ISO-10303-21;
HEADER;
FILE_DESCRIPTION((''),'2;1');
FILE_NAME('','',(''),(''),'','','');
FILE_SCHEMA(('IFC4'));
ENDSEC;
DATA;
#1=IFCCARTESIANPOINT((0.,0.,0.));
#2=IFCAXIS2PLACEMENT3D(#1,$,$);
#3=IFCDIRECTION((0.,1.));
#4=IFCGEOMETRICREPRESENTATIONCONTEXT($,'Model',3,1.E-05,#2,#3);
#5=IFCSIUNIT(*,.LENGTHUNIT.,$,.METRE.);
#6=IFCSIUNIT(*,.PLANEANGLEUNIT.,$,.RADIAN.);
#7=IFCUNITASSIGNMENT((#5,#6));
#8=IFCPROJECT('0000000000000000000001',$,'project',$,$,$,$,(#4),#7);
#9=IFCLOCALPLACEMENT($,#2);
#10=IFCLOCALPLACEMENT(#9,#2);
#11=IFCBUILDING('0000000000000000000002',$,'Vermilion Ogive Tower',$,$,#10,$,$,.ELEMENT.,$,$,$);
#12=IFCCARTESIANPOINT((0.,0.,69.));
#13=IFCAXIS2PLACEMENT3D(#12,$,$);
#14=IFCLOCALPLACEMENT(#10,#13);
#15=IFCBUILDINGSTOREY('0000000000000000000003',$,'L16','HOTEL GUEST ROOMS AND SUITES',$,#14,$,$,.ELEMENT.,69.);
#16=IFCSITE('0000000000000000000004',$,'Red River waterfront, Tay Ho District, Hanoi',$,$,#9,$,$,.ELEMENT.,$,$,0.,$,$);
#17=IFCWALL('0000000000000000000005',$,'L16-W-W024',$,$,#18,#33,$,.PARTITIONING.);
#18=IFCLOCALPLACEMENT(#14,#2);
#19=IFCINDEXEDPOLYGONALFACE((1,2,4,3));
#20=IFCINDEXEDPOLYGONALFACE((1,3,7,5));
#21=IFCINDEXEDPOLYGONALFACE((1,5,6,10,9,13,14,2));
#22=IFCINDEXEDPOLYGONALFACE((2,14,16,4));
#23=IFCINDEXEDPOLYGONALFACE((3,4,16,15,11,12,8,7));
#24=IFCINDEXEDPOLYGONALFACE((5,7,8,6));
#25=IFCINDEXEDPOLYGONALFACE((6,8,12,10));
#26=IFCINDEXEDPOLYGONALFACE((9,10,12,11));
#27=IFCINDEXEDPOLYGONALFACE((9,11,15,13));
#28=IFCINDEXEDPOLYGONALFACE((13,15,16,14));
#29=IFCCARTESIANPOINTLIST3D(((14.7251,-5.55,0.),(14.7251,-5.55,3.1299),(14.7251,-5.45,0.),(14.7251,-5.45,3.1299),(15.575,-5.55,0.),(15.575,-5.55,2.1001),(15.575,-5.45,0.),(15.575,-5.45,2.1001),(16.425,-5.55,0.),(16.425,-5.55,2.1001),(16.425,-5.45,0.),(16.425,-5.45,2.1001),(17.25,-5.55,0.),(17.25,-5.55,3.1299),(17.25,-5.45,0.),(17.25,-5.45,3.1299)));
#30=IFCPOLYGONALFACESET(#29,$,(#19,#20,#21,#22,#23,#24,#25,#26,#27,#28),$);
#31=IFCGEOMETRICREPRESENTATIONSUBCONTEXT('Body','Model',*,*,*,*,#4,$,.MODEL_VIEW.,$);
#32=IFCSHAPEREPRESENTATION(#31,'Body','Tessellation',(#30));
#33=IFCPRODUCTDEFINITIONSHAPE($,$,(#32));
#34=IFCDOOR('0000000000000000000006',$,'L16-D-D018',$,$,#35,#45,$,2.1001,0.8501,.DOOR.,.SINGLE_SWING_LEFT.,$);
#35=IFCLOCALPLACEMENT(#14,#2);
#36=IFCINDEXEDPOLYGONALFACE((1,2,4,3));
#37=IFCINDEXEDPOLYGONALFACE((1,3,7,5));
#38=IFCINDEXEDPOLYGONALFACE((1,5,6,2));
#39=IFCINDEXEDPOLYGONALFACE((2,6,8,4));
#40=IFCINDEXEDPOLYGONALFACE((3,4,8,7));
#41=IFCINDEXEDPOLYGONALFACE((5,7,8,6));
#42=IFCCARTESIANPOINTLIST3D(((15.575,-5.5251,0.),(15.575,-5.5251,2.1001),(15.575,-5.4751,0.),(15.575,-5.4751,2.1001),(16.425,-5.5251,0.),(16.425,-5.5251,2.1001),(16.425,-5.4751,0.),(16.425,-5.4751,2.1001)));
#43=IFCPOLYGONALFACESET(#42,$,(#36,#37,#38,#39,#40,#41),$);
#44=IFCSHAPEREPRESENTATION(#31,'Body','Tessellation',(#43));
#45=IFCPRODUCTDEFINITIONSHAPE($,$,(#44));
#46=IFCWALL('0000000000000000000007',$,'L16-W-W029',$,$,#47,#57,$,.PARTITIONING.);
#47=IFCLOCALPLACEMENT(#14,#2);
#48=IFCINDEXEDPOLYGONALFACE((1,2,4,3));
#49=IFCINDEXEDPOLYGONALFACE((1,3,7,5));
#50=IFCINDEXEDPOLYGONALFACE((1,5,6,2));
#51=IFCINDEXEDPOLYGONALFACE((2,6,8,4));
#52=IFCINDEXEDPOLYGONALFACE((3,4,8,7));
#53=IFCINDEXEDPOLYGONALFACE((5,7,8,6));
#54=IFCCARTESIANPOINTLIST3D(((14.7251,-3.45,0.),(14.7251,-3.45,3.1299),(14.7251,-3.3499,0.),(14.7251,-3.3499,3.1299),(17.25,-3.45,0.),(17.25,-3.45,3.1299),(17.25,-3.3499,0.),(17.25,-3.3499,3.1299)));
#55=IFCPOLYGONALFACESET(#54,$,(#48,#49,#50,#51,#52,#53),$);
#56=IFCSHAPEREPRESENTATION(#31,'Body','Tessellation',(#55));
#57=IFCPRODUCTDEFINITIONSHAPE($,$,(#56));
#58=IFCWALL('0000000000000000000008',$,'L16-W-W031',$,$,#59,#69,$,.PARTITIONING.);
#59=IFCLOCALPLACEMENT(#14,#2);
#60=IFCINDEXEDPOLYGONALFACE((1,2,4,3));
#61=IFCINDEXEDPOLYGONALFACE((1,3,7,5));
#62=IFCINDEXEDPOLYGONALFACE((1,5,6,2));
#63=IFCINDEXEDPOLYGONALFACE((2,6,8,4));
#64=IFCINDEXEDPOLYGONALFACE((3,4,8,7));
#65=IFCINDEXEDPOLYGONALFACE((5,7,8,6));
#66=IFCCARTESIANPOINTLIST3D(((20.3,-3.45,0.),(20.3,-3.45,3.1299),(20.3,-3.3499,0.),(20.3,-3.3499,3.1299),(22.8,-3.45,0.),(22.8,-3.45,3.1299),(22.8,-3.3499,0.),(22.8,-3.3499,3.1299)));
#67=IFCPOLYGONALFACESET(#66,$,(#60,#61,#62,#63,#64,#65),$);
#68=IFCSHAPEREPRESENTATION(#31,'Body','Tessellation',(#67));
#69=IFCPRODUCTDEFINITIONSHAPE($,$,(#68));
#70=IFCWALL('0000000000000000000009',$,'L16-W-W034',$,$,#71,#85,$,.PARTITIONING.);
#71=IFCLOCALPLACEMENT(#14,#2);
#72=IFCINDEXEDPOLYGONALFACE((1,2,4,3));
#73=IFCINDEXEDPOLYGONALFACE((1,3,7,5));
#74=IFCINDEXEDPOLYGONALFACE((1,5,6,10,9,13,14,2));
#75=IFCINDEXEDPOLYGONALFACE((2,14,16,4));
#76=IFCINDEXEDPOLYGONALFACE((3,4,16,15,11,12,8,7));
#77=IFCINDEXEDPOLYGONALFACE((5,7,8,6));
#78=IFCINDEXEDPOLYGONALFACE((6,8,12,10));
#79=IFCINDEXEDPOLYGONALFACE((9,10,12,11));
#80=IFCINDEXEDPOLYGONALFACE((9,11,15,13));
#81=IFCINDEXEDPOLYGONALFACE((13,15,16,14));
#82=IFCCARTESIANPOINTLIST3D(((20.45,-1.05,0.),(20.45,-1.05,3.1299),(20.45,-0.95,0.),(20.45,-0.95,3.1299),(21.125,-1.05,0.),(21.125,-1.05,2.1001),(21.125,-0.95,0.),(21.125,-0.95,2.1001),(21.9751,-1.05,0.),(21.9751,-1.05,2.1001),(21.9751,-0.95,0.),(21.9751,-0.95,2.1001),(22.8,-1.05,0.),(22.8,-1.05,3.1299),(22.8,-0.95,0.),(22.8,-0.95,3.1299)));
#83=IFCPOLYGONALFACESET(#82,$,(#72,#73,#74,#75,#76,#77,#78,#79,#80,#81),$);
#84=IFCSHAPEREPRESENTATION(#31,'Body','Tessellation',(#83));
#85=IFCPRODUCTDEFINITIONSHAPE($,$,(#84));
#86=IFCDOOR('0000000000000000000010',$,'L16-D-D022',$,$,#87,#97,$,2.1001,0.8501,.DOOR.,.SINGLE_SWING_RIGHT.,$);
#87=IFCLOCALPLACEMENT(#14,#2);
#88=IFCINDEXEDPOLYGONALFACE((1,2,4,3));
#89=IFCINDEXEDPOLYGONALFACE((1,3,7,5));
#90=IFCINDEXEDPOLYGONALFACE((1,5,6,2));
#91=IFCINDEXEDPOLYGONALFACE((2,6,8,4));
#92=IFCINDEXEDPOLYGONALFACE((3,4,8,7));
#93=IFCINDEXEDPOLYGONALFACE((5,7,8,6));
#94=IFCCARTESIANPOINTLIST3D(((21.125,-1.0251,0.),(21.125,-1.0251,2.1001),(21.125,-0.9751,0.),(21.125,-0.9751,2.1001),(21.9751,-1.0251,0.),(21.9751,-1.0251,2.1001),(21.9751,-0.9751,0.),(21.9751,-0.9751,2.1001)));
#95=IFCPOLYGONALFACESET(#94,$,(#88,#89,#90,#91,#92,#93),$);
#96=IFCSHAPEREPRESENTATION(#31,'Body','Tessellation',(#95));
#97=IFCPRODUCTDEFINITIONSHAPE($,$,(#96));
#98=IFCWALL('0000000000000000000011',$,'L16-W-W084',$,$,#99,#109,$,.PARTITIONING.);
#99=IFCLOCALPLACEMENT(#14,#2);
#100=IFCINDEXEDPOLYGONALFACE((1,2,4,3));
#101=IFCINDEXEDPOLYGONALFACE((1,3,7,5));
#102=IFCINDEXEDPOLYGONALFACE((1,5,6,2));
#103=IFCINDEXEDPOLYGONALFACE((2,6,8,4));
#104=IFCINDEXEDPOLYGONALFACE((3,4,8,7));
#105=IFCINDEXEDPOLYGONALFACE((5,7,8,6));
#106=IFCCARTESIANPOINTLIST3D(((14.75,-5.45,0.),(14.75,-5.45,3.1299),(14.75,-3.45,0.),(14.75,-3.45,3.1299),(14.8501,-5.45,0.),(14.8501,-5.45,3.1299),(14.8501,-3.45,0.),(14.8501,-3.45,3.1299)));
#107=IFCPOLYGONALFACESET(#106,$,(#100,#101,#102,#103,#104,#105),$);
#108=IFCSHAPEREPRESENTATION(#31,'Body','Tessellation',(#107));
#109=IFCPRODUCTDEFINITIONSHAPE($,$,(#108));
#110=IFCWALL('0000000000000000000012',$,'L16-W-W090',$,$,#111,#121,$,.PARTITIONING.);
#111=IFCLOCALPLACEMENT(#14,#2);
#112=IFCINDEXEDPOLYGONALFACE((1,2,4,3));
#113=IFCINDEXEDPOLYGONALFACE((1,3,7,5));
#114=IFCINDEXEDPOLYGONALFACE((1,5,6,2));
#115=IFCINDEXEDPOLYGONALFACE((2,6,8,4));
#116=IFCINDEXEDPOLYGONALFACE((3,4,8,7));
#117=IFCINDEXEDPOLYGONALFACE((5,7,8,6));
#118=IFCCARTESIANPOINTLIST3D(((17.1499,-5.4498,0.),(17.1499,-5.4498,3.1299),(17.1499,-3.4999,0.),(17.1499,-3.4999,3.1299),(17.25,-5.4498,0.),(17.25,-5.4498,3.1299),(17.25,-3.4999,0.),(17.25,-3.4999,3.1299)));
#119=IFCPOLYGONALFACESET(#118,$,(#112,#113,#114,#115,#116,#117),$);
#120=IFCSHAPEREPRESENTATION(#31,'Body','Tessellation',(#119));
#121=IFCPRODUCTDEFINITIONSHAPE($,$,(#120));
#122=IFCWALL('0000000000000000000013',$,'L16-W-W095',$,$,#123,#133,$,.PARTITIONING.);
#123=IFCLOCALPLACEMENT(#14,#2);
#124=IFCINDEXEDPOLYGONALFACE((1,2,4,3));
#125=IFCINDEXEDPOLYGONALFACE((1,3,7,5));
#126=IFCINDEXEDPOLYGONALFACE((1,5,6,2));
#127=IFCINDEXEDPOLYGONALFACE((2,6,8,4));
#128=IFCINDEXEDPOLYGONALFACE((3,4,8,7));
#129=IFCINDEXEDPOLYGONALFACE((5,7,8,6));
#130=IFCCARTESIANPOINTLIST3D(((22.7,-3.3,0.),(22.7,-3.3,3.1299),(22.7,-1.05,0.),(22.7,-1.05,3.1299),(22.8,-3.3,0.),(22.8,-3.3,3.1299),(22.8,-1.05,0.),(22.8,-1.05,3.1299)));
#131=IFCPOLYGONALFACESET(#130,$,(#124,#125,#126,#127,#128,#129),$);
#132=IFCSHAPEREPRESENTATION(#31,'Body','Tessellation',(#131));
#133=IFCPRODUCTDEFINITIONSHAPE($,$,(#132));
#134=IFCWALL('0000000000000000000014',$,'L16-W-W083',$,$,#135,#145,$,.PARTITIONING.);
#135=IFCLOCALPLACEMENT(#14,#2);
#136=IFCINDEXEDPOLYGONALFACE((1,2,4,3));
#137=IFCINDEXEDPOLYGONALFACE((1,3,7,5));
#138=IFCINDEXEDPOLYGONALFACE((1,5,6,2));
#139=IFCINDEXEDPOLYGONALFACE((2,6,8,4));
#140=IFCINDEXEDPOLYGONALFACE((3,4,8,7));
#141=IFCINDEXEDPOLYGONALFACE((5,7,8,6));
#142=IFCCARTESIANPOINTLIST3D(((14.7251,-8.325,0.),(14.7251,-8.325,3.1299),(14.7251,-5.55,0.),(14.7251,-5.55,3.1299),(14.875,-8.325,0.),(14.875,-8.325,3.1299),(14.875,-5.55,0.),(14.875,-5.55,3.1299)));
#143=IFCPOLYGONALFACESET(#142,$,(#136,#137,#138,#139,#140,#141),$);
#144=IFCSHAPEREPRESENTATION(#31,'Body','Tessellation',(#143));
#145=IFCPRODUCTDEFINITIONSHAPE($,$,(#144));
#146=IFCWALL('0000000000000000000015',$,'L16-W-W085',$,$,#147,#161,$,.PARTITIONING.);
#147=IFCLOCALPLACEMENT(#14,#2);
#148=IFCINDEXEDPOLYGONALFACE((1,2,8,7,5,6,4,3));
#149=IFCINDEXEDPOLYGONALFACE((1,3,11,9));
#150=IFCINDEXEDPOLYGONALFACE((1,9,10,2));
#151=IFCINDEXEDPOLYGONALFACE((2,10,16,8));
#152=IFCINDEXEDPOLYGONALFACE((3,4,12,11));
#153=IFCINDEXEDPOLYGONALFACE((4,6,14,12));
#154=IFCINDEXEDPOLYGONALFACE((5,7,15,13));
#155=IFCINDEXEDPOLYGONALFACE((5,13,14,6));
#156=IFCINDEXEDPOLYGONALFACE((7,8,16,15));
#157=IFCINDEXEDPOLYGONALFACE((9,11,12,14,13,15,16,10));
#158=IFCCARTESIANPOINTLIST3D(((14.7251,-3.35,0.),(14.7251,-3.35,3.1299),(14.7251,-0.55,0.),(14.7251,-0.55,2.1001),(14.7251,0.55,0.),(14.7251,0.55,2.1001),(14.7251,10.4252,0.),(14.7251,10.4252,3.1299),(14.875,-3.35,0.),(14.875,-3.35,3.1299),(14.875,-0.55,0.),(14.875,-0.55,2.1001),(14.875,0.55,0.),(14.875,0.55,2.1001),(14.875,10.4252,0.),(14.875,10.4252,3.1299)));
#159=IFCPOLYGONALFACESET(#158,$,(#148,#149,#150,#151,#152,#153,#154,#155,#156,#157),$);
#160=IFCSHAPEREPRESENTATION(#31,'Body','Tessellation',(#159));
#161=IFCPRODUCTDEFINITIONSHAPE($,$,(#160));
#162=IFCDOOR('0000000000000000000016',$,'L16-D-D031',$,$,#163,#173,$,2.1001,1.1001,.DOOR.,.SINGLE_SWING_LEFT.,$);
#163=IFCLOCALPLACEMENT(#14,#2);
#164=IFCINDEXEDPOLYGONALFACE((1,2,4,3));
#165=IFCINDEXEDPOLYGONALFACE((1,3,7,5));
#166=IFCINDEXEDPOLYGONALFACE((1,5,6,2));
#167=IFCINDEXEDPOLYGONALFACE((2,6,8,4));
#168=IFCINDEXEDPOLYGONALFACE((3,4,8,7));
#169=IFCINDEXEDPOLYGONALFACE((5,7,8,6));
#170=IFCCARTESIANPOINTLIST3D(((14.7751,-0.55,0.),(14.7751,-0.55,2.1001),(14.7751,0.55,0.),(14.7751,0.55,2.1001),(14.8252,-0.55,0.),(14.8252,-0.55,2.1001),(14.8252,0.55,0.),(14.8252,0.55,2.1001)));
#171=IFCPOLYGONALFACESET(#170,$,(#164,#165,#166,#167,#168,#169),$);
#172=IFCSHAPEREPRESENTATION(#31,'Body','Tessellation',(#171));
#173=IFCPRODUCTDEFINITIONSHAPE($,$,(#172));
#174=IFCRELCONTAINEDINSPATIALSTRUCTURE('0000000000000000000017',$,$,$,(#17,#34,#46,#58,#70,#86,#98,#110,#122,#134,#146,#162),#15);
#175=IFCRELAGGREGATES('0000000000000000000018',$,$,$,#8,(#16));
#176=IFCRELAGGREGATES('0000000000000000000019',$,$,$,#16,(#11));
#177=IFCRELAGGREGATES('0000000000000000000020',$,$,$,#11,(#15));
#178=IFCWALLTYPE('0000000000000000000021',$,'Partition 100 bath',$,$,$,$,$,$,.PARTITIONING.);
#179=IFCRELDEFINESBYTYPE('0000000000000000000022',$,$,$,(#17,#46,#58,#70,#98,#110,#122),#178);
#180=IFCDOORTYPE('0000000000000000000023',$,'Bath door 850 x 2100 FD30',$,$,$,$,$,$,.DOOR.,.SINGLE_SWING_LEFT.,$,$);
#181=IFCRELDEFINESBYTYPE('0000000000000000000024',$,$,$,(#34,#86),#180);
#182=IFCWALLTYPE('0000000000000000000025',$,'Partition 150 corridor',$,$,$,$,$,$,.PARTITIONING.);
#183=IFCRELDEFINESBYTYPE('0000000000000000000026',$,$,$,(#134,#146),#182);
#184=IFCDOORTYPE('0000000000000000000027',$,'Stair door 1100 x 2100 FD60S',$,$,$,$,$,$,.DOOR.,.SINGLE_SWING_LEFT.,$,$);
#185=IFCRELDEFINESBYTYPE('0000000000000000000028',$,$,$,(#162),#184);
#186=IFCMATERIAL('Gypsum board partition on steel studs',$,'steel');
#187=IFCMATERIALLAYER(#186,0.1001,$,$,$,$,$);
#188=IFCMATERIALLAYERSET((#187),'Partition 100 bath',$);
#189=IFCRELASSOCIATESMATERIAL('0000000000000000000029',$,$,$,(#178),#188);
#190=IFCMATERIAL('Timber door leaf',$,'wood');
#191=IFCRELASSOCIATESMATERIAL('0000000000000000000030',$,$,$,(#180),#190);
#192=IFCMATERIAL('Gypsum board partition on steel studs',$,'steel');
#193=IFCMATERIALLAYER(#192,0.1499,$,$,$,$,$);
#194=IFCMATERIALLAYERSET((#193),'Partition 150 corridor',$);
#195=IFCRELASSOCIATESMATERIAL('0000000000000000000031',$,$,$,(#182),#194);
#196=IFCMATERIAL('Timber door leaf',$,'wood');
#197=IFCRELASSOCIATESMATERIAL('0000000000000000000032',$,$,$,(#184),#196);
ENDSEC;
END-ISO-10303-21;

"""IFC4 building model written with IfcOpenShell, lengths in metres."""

from ifc_helpers import new_model, si_unit, direction, frame, frame_2d, origin, place, context, subcontext, project, spatial, rectangle, extrude, material, layer, layer_set, type_object, element, fill, save


model = new_model("IFC4")

# Units and contexts
model_context = context("Model", 3, precision=1e-05, world=origin(), true_north=direction((0.0, 1.0)))
body_context = subcontext(model_context, "Body", "Model", "MODEL_VIEW")
ifc_project = project(units=[si_unit("LENGTHUNIT", "METRE"), si_unit("PLANEANGLEUNIT", "RADIAN")], contexts=[model_context])

# Site, building, storey
site_placement = place(None, origin())
site = spatial("IfcSite", under=ifc_project, at=site_placement, Name="Red River waterfront, Tay Ho District, Hanoi", CompositionType="ELEMENT", RefElevation=0.0)
building_placement = place(site_placement, origin())
building = spatial("IfcBuilding", under=site, at=building_placement, Name="Vermilion Ogive Tower", CompositionType="ELEMENT")
storey_placement = place(building_placement, frame((0.0, 0.0, 69.0)))
storey = spatial("IfcBuildingStorey", under=building, at=storey_placement, Name="L16", Description="HOTEL GUEST ROOMS AND SUITES", CompositionType="ELEMENT", Elevation=69.0)

# Wall, opening, door
ifc_material_1 = material(Name="Gypsum board partition on steel studs", Category="steel")
ifc_layer_1 = layer(ifc_material_1, 0.1001)
ifc_layer_set_1 = layer_set([ifc_layer_1], Name="Partition 100 bath")
wall_type_1 = type_object("IfcWallType", Name="Partition 100 bath", PredefinedType="PARTITIONING", material=ifc_layer_set_1)
wall_1_placement = place(storey_placement, frame((14.7251, -5.5, 0.0), z_axis=(0.0, 0.0, 1.0), x_axis=(1.0, 0.0, 0.0)))
wall_1 = element("IfcWall", 1, at=wall_1_placement, inside=storey, type_object=wall_type_1, Name="L16-W-W024", PredefinedType="PARTITIONING", context=body_context, shape_type="SweptSolid", body=[
    extrude(rectangle(XDim=2.5249, YDim=0.1001, at=frame_2d((1.2625, 0.0))), origin(), (0.0, 0.0, 1.0), 3.1299),
])
opening_1_placement = place(wall_1_placement, frame((0.8499, 0.0, 0.0)))
opening_1 = element("IfcOpeningElement", 2, at=opening_1_placement, cuts=wall_1, PredefinedType="OPENING", context=body_context, shape_type="SweptSolid", body=[
    extrude(rectangle(XDim=0.8501, YDim=2.1001, at=frame_2d((0.425, 1.05))), frame((0.0, 0.0601, 0.0), z_axis=(0.0, -1.0, 0.0), x_axis=(1.0, 0.0, 0.0)), (0.0, 0.0, 1.0), 0.1201),
])
ifc_material_2 = material(Name="Timber door leaf", Category="wood")
door_type_1 = type_object("IfcDoorType", Name="Bath door 850 x 2100 FD30", OperationType="SINGLE_SWING_LEFT", PredefinedType="DOOR", material=ifc_material_2)
door_1_placement = place(opening_1_placement, origin())
door_1 = element("IfcDoor", 3, at=door_1_placement, inside=storey, type_object=door_type_1, Name="L16-D-D018", OperationType="SINGLE_SWING_LEFT", OverallHeight=2.1001, OverallWidth=0.8501, PredefinedType="DOOR", context=body_context, shape_type="SweptSolid", body=[
    extrude(rectangle(XDim=0.8501, YDim=2.1001, at=frame_2d((0.425, 1.05))), frame((0.0, 0.0249, 0.0), z_axis=(0.0, -1.0, 0.0), x_axis=(1.0, 0.0, 0.0)), (0.0, 0.0, 1.0), 0.05),
])
fill(opening_1, door_1)

# Walls
wall_2_placement = place(storey_placement, frame((14.7251, -3.3999, 0.0), z_axis=(0.0, 0.0, 1.0), x_axis=(1.0, 0.0, 0.0)))
element("IfcWall", 4, at=wall_2_placement, inside=storey, type_object=wall_type_1, Name="L16-W-W029", PredefinedType="PARTITIONING", context=body_context, shape_type="SweptSolid", body=[
    extrude(rectangle(XDim=2.5249, YDim=0.1001, at=frame_2d((1.2625, 0.0))), origin(), (0.0, 0.0, 1.0), 3.1299),
])
wall_3_placement = place(storey_placement, frame((20.3, -3.3999, 0.0), z_axis=(0.0, 0.0, 1.0), x_axis=(1.0, 0.0, 0.0)))
element("IfcWall", 5, at=wall_3_placement, inside=storey, type_object=wall_type_1, Name="L16-W-W031", PredefinedType="PARTITIONING", context=body_context, shape_type="SweptSolid", body=[
    extrude(rectangle(XDim=2.5, YDim=0.1001, at=frame_2d((1.25, 0.0))), origin(), (0.0, 0.0, 1.0), 3.1299),
])

# Wall, opening, door
wall_4_placement = place(storey_placement, frame((20.45, -1.0, 0.0), z_axis=(0.0, 0.0, 1.0), x_axis=(1.0, 0.0, 0.0)))
wall_4 = element("IfcWall", 6, at=wall_4_placement, inside=storey, type_object=wall_type_1, Name="L16-W-W034", PredefinedType="PARTITIONING", context=body_context, shape_type="SweptSolid", body=[
    extrude(rectangle(XDim=2.3501, YDim=0.1001, at=frame_2d((1.175, 0.0))), origin(), (0.0, 0.0, 1.0), 3.1299),
])
opening_2_placement = place(wall_4_placement, frame((0.675, 0.0, 0.0)))
opening_2 = element("IfcOpeningElement", 7, at=opening_2_placement, cuts=wall_4, PredefinedType="OPENING", context=body_context, shape_type="SweptSolid", body=[
    extrude(rectangle(XDim=0.8501, YDim=2.1001, at=frame_2d((0.425, 1.05))), frame((0.0, 0.0601, 0.0), z_axis=(0.0, -1.0, 0.0), x_axis=(1.0, 0.0, 0.0)), (0.0, 0.0, 1.0), 0.1201),
])
door_2_placement = place(opening_2_placement, origin())
door_2 = element("IfcDoor", 8, at=door_2_placement, inside=storey, type_object=door_type_1, Name="L16-D-D022", OperationType="SINGLE_SWING_RIGHT", OverallHeight=2.1001, OverallWidth=0.8501, PredefinedType="DOOR", context=body_context, shape_type="SweptSolid", body=[
    extrude(rectangle(XDim=0.8501, YDim=2.1001, at=frame_2d((0.425, 1.05))), frame((0.0, 0.0249, 0.0), z_axis=(0.0, -1.0, 0.0), x_axis=(1.0, 0.0, 0.0)), (0.0, 0.0, 1.0), 0.05),
])
fill(opening_2, door_2)

# Walls
wall_5_placement = place(storey_placement, frame((14.8, -5.45, 0.0), z_axis=(0.0, 0.0, 1.0), x_axis=(0.0, 1.0, 0.0)))
element("IfcWall", 9, at=wall_5_placement, inside=storey, type_object=wall_type_1, Name="L16-W-W084", PredefinedType="PARTITIONING", context=body_context, shape_type="SweptSolid", body=[
    extrude(rectangle(XDim=2.0, YDim=0.1001, at=frame_2d((1.0, 0.0))), origin(), (0.0, 0.0, 1.0), 3.1299),
])
wall_6_placement = place(storey_placement, frame((17.2, -5.45, 0.0), z_axis=(0.0, 0.0, 1.0), x_axis=(0.0, 1.0, 0.0)))
element("IfcWall", 10, at=wall_6_placement, inside=storey, type_object=wall_type_1, Name="L16-W-W090", PredefinedType="PARTITIONING", context=body_context, shape_type="SweptSolid", body=[
    extrude(rectangle(XDim=1.95, YDim=0.1001, at=frame_2d((0.9751, 0.0))), origin(), (0.0, 0.0, 1.0), 3.1299),
])
wall_7_placement = place(storey_placement, frame((22.75, -3.3, 0.0), z_axis=(0.0, 0.0, 1.0), x_axis=(0.0, 1.0, 0.0)))
element("IfcWall", 11, at=wall_7_placement, inside=storey, type_object=wall_type_1, Name="L16-W-W095", PredefinedType="PARTITIONING", context=body_context, shape_type="SweptSolid", body=[
    extrude(rectangle(XDim=2.25, YDim=0.1001, at=frame_2d((1.125, 0.0))), origin(), (0.0, 0.0, 1.0), 3.1299),
])
ifc_material_3 = material(Name="Gypsum board partition on steel studs", Category="steel")
ifc_layer_2 = layer(ifc_material_3, 0.1499)
ifc_layer_set_2 = layer_set([ifc_layer_2], Name="Partition 150 corridor")
wall_type_2 = type_object("IfcWallType", Name="Partition 150 corridor", PredefinedType="PARTITIONING", material=ifc_layer_set_2)
wall_8_placement = place(storey_placement, frame((14.8, -8.325, 0.0), z_axis=(0.0, 0.0, 1.0), x_axis=(0.0, 1.0, 0.0)))
element("IfcWall", 12, at=wall_8_placement, inside=storey, type_object=wall_type_2, Name="L16-W-W083", PredefinedType="PARTITIONING", context=body_context, shape_type="SweptSolid", body=[
    extrude(rectangle(XDim=2.7749, YDim=0.1499, at=frame_2d((1.3875, 0.0))), origin(), (0.0, 0.0, 1.0), 3.1299),
])

# Wall, opening, door
wall_9_placement = place(storey_placement, frame((14.8, -3.3501, 0.0), z_axis=(0.0, 0.0, 1.0), x_axis=(0.0, 1.0, 0.0)))
wall_9 = element("IfcWall", 13, at=wall_9_placement, inside=storey, type_object=wall_type_2, Name="L16-W-W085", PredefinedType="PARTITIONING", context=body_context, shape_type="SweptSolid", body=[
    extrude(rectangle(XDim=13.7751, YDim=0.1499, at=frame_2d((6.8877, 0.0))), origin(), (0.0, 0.0, 1.0), 3.1299),
])
opening_3_placement = place(wall_9_placement, frame((2.8, 0.0, 0.0)))
opening_3 = element("IfcOpeningElement", 14, at=opening_3_placement, cuts=wall_9, PredefinedType="OPENING", context=body_context, shape_type="SweptSolid", body=[
    extrude(rectangle(XDim=1.1001, YDim=2.1001, at=frame_2d((0.55, 1.05))), frame((0.0, 0.085, 0.0), z_axis=(0.0, -1.0, 0.0), x_axis=(1.0, 0.0, 0.0)), (0.0, 0.0, 1.0), 0.1699),
])
ifc_material_4 = material(Name="Timber door leaf", Category="wood")
door_type_2 = type_object("IfcDoorType", Name="Stair door 1100 x 2100 FD60S", OperationType="SINGLE_SWING_LEFT", PredefinedType="DOOR", material=ifc_material_4)
door_3_placement = place(opening_3_placement, origin())
door_3 = element("IfcDoor", 15, at=door_3_placement, inside=storey, type_object=door_type_2, Name="L16-D-D031", OperationType="SINGLE_SWING_LEFT", OverallHeight=2.1001, OverallWidth=1.1001, PredefinedType="DOOR", context=body_context, shape_type="SweptSolid", body=[
    extrude(rectangle(XDim=1.1001, YDim=2.1001, at=frame_2d((0.55, 1.05))), frame((0.0, 0.0249, 0.0), z_axis=(0.0, -1.0, 0.0), x_axis=(1.0, 0.0, 0.0)), (0.0, 0.0, 1.0), 0.05),
])
fill(opening_3, door_3)

save(model, "model.ifc")
